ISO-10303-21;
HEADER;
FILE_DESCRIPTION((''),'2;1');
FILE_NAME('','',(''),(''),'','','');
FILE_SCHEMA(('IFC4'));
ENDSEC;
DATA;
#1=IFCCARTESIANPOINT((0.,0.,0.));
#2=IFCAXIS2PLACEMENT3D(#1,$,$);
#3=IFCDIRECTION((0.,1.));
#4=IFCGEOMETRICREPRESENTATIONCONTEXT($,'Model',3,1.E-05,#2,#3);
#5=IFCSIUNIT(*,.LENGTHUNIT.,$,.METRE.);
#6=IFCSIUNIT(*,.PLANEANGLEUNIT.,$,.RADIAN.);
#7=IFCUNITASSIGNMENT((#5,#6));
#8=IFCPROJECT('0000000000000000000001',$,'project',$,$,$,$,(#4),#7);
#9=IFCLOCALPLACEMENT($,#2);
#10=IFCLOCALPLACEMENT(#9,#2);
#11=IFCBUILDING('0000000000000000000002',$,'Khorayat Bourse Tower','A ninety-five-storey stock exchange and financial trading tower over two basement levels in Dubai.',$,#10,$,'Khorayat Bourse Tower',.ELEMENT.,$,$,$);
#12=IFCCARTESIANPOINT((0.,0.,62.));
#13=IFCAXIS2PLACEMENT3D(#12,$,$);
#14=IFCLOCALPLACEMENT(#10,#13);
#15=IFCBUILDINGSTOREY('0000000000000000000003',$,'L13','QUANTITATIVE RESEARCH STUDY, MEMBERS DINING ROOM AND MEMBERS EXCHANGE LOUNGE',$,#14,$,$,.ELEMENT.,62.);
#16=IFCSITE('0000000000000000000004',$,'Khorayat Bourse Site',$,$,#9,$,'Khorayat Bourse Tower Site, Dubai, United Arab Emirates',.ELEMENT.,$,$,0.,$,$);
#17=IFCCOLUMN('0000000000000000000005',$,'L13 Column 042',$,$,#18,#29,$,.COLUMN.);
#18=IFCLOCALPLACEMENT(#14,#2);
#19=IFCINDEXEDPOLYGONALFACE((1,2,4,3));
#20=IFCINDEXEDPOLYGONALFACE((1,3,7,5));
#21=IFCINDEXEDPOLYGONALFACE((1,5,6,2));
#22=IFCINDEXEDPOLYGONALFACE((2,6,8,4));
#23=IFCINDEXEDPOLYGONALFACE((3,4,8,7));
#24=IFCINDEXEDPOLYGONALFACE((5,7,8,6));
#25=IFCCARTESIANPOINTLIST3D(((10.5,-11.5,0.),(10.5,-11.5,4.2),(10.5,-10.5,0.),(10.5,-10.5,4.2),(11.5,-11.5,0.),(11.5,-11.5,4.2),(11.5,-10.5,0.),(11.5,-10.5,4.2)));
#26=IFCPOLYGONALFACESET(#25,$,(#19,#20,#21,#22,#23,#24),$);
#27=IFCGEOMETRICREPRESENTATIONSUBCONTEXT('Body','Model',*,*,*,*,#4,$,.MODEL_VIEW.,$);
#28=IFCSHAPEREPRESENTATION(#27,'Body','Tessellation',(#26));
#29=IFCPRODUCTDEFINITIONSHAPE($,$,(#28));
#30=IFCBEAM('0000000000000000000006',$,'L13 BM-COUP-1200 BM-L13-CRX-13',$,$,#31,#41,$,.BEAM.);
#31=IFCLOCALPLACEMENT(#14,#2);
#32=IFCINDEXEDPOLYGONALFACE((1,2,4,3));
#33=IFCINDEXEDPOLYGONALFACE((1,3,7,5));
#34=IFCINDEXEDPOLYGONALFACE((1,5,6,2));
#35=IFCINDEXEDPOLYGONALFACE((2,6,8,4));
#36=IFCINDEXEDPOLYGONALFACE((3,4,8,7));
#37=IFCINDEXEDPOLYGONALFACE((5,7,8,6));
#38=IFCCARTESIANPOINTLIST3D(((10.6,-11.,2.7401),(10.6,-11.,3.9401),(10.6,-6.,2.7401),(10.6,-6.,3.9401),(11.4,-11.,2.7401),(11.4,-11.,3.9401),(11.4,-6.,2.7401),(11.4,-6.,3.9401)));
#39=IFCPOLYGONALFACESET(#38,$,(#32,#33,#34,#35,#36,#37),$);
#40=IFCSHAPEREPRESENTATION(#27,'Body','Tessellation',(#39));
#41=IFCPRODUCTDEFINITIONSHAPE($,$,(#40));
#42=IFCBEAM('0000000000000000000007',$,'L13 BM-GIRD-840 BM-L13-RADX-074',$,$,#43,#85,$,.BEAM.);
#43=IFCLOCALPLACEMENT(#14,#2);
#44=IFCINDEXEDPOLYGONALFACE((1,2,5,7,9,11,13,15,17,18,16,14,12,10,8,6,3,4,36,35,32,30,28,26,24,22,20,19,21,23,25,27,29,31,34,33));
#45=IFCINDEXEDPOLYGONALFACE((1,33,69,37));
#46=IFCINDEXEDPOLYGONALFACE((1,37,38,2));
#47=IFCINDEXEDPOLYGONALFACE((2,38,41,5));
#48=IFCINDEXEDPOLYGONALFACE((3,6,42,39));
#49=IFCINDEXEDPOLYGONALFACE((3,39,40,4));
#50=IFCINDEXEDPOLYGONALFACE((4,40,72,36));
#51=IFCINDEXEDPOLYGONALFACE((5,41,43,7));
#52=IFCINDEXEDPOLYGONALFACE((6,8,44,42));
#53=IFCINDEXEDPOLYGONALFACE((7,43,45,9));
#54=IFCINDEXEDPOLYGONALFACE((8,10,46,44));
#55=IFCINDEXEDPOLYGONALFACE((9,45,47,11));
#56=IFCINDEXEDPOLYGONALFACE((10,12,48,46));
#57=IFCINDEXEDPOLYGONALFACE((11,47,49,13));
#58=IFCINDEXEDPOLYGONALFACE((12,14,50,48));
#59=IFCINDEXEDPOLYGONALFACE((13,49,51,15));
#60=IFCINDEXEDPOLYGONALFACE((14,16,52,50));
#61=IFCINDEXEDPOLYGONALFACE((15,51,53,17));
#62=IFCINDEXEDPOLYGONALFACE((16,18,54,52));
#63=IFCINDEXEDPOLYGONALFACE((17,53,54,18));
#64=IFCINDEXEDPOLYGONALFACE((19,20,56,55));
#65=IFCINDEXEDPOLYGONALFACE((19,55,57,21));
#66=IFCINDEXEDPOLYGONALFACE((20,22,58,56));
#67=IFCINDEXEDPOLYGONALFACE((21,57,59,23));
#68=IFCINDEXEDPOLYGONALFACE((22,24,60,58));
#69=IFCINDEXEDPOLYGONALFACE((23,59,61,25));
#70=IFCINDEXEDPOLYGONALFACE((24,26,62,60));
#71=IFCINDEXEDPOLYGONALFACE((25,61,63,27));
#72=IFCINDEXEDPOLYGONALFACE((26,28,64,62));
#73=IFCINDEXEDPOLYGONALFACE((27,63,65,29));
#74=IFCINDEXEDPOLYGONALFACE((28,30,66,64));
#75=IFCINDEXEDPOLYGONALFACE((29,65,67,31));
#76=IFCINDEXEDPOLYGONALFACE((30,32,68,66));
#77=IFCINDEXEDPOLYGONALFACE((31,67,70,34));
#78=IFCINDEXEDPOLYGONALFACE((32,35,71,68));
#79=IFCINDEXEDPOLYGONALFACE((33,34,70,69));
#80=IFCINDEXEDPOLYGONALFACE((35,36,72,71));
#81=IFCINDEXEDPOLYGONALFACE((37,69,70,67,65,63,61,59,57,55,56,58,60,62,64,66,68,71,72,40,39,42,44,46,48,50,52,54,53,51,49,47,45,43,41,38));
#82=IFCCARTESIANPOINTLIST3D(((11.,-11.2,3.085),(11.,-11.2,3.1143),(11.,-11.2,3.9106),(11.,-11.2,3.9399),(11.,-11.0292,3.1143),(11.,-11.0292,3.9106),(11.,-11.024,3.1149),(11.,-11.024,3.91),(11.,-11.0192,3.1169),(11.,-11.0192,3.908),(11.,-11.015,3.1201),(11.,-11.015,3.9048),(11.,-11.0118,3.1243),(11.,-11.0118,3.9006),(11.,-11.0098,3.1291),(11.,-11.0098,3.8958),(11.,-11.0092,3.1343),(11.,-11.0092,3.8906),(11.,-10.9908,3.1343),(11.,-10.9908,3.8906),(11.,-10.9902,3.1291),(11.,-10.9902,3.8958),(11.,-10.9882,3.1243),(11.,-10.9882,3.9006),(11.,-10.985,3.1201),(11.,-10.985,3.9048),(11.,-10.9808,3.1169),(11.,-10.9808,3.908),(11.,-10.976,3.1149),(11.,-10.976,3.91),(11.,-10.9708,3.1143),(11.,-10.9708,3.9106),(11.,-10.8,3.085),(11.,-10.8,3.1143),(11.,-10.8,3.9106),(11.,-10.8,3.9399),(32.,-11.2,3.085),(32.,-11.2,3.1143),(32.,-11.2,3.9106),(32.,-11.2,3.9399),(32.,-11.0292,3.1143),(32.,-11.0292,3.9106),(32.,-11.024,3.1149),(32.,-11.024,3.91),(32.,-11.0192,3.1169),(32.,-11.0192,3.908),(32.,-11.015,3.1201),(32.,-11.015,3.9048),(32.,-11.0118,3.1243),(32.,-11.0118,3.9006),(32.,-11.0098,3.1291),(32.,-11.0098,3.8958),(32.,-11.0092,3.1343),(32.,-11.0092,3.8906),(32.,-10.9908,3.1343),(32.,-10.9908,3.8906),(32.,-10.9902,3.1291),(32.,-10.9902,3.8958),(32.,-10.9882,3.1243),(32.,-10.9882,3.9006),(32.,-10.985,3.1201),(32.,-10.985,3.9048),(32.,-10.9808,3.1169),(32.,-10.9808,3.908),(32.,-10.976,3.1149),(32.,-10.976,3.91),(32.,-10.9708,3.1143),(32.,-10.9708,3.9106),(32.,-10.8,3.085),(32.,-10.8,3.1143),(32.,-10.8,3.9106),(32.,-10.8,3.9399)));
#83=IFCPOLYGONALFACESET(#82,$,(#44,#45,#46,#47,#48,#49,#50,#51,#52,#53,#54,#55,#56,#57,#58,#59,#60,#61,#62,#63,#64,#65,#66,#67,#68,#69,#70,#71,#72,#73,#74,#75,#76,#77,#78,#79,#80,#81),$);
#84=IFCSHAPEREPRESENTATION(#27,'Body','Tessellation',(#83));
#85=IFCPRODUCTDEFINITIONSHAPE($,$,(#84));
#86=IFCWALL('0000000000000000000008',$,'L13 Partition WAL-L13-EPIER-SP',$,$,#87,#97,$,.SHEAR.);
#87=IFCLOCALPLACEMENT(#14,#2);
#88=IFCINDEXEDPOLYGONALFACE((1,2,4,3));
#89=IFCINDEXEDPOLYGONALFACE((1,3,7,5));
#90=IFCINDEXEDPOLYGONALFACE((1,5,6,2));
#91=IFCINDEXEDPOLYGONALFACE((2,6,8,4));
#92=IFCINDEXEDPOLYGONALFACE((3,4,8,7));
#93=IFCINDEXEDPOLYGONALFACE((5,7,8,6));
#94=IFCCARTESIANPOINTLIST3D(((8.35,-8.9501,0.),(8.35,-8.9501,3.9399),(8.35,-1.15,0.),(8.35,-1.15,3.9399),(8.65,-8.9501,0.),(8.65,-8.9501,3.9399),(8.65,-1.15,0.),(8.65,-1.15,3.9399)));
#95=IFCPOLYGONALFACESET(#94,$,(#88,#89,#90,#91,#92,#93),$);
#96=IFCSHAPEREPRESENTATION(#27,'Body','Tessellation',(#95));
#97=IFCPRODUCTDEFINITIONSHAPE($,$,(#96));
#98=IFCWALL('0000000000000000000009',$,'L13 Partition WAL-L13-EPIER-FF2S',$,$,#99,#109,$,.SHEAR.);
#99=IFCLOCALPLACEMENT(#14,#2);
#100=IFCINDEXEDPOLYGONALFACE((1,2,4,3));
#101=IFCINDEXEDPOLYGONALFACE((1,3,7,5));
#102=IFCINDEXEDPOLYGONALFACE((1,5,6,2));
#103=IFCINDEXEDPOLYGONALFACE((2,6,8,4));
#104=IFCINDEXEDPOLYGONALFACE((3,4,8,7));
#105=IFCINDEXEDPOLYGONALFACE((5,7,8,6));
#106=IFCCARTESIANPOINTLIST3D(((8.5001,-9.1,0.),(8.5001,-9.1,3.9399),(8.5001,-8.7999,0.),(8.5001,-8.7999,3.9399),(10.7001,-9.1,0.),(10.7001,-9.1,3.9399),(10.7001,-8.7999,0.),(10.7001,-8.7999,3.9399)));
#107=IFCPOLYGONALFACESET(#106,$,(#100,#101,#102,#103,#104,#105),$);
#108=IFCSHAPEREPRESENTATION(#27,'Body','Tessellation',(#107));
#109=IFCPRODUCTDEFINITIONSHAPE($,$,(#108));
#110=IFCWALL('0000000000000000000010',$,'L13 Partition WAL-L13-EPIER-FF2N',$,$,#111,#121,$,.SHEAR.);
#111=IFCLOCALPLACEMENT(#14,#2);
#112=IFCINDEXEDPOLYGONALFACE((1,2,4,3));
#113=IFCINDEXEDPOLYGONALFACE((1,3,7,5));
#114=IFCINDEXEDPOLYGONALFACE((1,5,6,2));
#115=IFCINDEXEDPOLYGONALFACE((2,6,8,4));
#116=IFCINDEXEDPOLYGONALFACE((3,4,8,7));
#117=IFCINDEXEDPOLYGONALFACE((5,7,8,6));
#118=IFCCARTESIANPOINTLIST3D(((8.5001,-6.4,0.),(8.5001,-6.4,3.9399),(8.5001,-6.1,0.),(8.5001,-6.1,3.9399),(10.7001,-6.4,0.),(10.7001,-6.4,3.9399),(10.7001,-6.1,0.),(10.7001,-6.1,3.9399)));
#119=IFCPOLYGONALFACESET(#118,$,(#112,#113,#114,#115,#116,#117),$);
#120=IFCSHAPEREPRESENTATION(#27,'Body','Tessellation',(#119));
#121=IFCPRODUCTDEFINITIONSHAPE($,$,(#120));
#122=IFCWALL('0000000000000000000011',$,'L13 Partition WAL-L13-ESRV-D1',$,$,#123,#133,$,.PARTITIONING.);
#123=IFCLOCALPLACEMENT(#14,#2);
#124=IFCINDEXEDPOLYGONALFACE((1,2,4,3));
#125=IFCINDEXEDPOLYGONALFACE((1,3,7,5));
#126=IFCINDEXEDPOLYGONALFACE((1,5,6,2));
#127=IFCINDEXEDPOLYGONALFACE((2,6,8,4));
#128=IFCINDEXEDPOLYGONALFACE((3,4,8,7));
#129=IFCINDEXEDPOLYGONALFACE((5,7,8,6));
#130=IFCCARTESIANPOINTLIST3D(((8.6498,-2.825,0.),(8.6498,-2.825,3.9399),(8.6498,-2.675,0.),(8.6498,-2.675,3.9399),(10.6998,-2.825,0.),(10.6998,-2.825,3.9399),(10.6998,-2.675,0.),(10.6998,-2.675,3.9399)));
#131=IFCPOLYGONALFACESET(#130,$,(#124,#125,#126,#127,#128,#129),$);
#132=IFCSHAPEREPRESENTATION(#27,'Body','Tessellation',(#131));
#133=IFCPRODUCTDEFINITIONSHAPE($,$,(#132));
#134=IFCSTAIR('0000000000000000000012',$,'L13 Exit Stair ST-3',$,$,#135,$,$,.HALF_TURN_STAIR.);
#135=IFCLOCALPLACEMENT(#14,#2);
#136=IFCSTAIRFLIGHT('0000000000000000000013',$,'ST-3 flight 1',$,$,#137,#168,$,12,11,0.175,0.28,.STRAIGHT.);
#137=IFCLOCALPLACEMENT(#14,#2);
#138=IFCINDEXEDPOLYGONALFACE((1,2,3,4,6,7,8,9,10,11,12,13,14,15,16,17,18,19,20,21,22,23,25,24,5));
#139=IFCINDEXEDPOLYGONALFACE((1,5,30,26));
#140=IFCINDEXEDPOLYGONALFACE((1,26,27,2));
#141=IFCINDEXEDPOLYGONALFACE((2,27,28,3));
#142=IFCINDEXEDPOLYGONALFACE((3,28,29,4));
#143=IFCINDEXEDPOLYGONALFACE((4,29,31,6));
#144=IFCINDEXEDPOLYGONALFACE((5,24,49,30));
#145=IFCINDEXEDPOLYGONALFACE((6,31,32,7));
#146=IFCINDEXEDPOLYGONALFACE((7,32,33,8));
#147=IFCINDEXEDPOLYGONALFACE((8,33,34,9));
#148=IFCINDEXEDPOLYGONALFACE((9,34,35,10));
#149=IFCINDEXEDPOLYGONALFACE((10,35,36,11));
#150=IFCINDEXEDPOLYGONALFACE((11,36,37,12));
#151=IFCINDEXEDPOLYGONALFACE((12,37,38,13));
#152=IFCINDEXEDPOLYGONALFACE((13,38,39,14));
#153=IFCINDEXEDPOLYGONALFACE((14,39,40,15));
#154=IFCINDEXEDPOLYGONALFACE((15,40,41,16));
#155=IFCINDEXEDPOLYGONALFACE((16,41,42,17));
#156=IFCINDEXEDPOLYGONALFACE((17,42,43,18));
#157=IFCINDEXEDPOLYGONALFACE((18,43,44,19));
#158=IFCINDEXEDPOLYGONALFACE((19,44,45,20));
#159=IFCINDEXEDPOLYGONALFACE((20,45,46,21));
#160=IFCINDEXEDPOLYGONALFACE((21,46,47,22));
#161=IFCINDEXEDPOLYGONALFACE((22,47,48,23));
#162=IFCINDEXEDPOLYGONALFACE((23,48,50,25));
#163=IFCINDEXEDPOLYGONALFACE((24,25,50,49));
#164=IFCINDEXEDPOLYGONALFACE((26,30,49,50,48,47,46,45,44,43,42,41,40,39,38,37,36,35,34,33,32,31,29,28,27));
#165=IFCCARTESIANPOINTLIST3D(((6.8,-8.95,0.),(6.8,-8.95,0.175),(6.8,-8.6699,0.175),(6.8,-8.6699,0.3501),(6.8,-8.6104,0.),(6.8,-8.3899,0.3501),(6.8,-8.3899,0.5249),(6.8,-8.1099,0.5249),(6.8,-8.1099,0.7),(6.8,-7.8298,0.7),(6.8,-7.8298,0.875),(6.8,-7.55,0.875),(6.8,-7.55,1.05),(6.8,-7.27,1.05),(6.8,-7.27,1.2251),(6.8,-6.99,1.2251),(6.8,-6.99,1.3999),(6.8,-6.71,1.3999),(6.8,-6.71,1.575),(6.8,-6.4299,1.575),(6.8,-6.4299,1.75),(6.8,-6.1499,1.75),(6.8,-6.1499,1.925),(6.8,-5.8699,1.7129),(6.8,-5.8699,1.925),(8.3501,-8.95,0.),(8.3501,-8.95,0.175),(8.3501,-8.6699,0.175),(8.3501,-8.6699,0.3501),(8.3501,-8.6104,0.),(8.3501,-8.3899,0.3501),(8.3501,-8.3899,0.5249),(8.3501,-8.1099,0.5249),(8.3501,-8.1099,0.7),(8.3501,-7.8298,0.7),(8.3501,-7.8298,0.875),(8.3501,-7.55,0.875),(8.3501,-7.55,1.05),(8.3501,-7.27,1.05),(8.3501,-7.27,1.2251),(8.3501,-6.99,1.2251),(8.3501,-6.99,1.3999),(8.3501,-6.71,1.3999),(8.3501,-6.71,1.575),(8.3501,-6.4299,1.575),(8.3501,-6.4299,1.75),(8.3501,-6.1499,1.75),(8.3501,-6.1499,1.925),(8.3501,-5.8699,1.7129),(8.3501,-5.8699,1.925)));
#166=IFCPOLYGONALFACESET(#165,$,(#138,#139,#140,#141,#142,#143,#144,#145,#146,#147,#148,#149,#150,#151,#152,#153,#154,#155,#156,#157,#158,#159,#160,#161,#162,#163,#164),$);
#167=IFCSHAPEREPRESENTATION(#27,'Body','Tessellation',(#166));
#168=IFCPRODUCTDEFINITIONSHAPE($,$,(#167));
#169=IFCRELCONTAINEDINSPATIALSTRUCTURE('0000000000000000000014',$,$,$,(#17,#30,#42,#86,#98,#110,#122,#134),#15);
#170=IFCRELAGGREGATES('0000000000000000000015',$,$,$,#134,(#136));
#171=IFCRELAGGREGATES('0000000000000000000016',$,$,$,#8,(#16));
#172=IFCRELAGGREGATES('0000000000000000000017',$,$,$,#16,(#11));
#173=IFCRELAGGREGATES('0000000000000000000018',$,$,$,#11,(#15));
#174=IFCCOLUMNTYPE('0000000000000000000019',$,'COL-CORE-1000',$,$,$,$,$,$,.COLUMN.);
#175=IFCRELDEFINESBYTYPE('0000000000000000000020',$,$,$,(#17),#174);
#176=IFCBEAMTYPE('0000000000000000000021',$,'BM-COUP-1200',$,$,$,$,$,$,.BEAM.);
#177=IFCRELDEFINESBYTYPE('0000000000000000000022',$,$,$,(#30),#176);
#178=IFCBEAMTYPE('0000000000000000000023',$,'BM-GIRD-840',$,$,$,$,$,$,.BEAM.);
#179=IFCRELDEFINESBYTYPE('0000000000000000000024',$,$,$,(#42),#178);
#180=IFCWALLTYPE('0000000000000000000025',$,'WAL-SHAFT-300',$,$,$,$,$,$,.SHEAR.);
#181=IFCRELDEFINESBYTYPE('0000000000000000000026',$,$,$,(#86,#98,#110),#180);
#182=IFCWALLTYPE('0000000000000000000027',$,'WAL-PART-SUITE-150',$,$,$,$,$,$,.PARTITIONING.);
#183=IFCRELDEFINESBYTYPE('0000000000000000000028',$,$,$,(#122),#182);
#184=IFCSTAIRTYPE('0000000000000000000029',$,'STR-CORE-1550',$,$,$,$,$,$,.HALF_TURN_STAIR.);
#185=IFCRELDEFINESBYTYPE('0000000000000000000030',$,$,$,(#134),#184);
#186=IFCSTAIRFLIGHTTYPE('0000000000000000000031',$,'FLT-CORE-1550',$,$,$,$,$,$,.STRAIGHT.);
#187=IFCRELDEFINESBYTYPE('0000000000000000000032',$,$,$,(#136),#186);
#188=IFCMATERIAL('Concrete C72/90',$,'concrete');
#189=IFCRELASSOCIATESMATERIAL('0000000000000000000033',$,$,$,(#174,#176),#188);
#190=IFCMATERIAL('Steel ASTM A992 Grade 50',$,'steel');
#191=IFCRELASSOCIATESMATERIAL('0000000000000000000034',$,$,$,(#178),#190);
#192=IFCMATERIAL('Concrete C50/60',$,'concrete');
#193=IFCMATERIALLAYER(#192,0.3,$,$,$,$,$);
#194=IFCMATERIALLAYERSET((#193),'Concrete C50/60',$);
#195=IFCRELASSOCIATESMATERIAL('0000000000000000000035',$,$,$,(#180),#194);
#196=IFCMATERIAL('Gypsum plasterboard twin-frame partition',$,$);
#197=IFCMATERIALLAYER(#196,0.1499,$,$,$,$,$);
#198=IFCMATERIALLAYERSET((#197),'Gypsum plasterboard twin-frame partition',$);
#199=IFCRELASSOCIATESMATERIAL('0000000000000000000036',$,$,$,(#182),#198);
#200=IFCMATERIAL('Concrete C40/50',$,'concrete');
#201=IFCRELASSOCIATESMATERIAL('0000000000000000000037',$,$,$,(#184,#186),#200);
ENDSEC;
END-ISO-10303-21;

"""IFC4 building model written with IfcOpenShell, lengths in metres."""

from ifc_helpers import new_model, si_unit, direction, frame, frame_2d, origin, origin_2d, place, context, subcontext, project, spatial, polyline, rectangle, i_section, outline, extrude, source, transform, mapped, material, layer, layer_set, material_profile, profile_set, type_object, element, aggregate, save


model = new_model("IFC4")

# Units and contexts
model_context = context("Model", 3, precision=1e-05, world=origin(), true_north=direction((0.0, 1.0)))
body_context = subcontext(model_context, "Body", "Model", "MODEL_VIEW")
ifc_project = project(units=[si_unit("LENGTHUNIT", "METRE"), si_unit("PLANEANGLEUNIT", "RADIAN")], contexts=[model_context])

# Site, building, storey
site_placement = place(None, origin())
site = spatial("IfcSite", under=ifc_project, at=site_placement, Name="Khorayat Bourse Site", LongName="Khorayat Bourse Tower Site, Dubai, United Arab Emirates", CompositionType="ELEMENT", RefElevation=0.0)
building_placement = place(site_placement, origin())
building = spatial("IfcBuilding", under=site, at=building_placement, Name="Khorayat Bourse Tower", Description="A ninety-five-storey stock exchange and financial trading tower over two basement levels in Dubai.", LongName="Khorayat Bourse Tower", CompositionType="ELEMENT")
storey_placement = place(building_placement, frame((0.0, 0.0, 62.0)))
storey = spatial("IfcBuildingStorey", under=building, at=storey_placement, Name="L13", Description="QUANTITATIVE RESEARCH STUDY, MEMBERS DINING ROOM AND MEMBERS EXCHANGE LOUNGE", CompositionType="ELEMENT", Elevation=62.0)

# Column
ifc_material_1 = material(Name="Concrete C72/90", Category="concrete")
ifc_material_profile_1 = material_profile(ifc_material_1, rectangle(XDim=1.0, YDim=1.0, at=origin_2d()), Name="RC 1000x1000")
ifc_profile_set_1 = profile_set([ifc_material_profile_1], Name="Concrete C72/90")
column_type = type_object("IfcColumnType", Name="COL-CORE-1000", PredefinedType="COLUMN", material=ifc_profile_set_1)
shared_shape_1 = source(origin(), body_context, "Body", "SweptSolid", [
    extrude(rectangle(XDim=1.0, YDim=1.0, at=origin_2d()), origin(), (0.0, 0.0, 1.0), 4.2),
])
column_placement = place(storey_placement, frame((11.0, -11.0, 0.0), z_axis=(0.0, 0.0, 1.0), x_axis=(1.0, 0.0, 0.0)))
element("IfcColumn", 1, at=column_placement, inside=storey, type_object=column_type, Name="L13 Column 042", PredefinedType="COLUMN", context=body_context, shape_type="MappedRepresentation", body=[
    mapped(shared_shape_1, transform((0.0, 0.0, 0.0), scale=1.0)),
])

# Beams
ifc_material_profile_2 = material_profile(ifc_material_1, rectangle(XDim=0.8, YDim=1.2, at=origin_2d()), Name="RC 800x1200")
ifc_profile_set_2 = profile_set([ifc_material_profile_2], Name="Concrete C72/90")
beam_type_1 = type_object("IfcBeamType", Name="BM-COUP-1200", PredefinedType="BEAM", material=ifc_profile_set_2)
shared_shape_2 = source(origin(), body_context, "Body", "SweptSolid", [
    extrude(rectangle(XDim=0.8, YDim=1.2, at=origin_2d()), origin(), (0.0, 0.0, 1.0), 5.0),
])
beam_1_placement = place(storey_placement, frame((11.0, -11.0, 3.3401), z_axis=(0.0, 1.0, 0.0), x_axis=(-1.0, 0.0, 0.0)))
element("IfcBeam", 2, at=beam_1_placement, inside=storey, type_object=beam_type_1, Name="L13 BM-COUP-1200 BM-L13-CRX-13", PredefinedType="BEAM", context=body_context, shape_type="MappedRepresentation", body=[
    mapped(shared_shape_2, transform((0.0, 0.0, 0.0), scale=1.0)),
])
ifc_material_2 = material(Name="Steel ASTM A992 Grade 50", Category="steel")
ifc_material_profile_3 = material_profile(ifc_material_2, i_section(OverallWidth=0.3999, OverallDepth=0.855, WebThickness=0.0183, FlangeThickness=0.0293, FilletRadius=0.02, at=origin_2d()), Name="W840X299")
ifc_profile_set_3 = profile_set([ifc_material_profile_3], Name="Steel ASTM A992 Grade 50")
beam_type_2 = type_object("IfcBeamType", Name="BM-GIRD-840", PredefinedType="BEAM", material=ifc_profile_set_3)
shared_shape_3 = source(origin(), body_context, "Body", "SweptSolid", [
    extrude(i_section(OverallWidth=0.3999, OverallDepth=0.855, WebThickness=0.0183, FlangeThickness=0.0293, FilletRadius=0.02, at=origin_2d()), origin(), (0.0, 0.0, 1.0), 21.0),
])
beam_2_placement = place(storey_placement, frame((11.0, -11.0, 3.5125), z_axis=(1.0, 0.0, 0.0), x_axis=(0.0, 1.0, 0.0)))
element("IfcBeam", 3, at=beam_2_placement, inside=storey, type_object=beam_type_2, Name="L13 BM-GIRD-840 BM-L13-RADX-074", PredefinedType="BEAM", context=body_context, shape_type="MappedRepresentation", body=[
    mapped(shared_shape_3, transform((0.0, 0.0, 0.0), scale=1.0)),
])

# Walls
ifc_material_3 = material(Name="Concrete C50/60", Category="concrete")
ifc_layer_1 = layer(ifc_material_3, 0.3)
ifc_layer_set_1 = layer_set([ifc_layer_1], Name="Concrete C50/60")
wall_type_1 = type_object("IfcWallType", Name="WAL-SHAFT-300", PredefinedType="SHEAR", material=ifc_layer_set_1)
shared_shape_4 = source(origin(), body_context, "Body", "SweptSolid", [
    extrude(rectangle(XDim=7.8, YDim=0.3, at=frame_2d((3.8999, 0.0))), origin(), (0.0, 0.0, 1.0), 3.9399),
])
wall_1_placement = place(storey_placement, frame((8.5, -8.95, 0.0), z_axis=(0.0, 0.0, 1.0), x_axis=(0.0, 1.0, 0.0)))
element("IfcWall", 4, at=wall_1_placement, inside=storey, type_object=wall_type_1, Name="L13 Partition WAL-L13-EPIER-SP", PredefinedType="SHEAR", context=body_context, shape_type="MappedRepresentation", body=[
    mapped(shared_shape_4, transform((0.0, 0.0, 0.0), scale=1.0)),
])
shared_shape_5 = source(origin(), body_context, "Body", "SweptSolid", [
    extrude(rectangle(XDim=2.2, YDim=0.3, at=frame_2d((1.1001, 0.0))), origin(), (0.0, 0.0, 1.0), 3.9399),
])
for number, where, z_axis, x_axis, name in (
    (5, (8.5, -8.95, 0.0), (0.0, 0.0, 1.0), (1.0, 0.0, 0.0), "L13 Partition WAL-L13-EPIER-FF2S"),
    (6, (8.5, -6.25, 0.0), (0.0, 0.0, 1.0), (1.0, 0.0, 0.0), "L13 Partition WAL-L13-EPIER-FF2N"),
):
    element("IfcWall", number, at=place(storey_placement, frame(where, z_axis=z_axis, x_axis=x_axis)), inside=storey, type_object=wall_type_1, Name=name, PredefinedType="SHEAR", context=body_context, shape_type="MappedRepresentation", body=[
        mapped(shared_shape_5, transform((0.0, 0.0, 0.0), scale=1.0)),
    ])
ifc_material_4 = material(Name="Gypsum plasterboard twin-frame partition")
ifc_layer_2 = layer(ifc_material_4, 0.1499)
ifc_layer_set_2 = layer_set([ifc_layer_2], Name="Gypsum plasterboard twin-frame partition")
wall_type_2 = type_object("IfcWallType", Name="WAL-PART-SUITE-150", PredefinedType="PARTITIONING", material=ifc_layer_set_2)
shared_shape_6 = source(origin(), body_context, "Body", "SweptSolid", [
    extrude(rectangle(XDim=2.05, YDim=0.1499, at=frame_2d((1.0249, 0.0))), origin(), (0.0, 0.0, 1.0), 3.9399),
])
wall_2_placement = place(storey_placement, frame((8.6499, -2.75, 0.0), z_axis=(0.0, 0.0, 1.0), x_axis=(1.0, 0.0, 0.0)))
element("IfcWall", 7, at=wall_2_placement, inside=storey, type_object=wall_type_2, Name="L13 Partition WAL-L13-ESRV-D1", PredefinedType="PARTITIONING", context=body_context, shape_type="MappedRepresentation", body=[
    mapped(shared_shape_6, transform((0.0, 0.0, 0.0), scale=1.0)),
])

# Stair, stair flight
ifc_material_5 = material(Name="Concrete C40/50", Category="concrete")
stair_type = type_object("IfcStairType", Name="STR-CORE-1550", PredefinedType="HALF_TURN_STAIR", material=ifc_material_5)
stair_placement = place(storey_placement, origin())
stair = element("IfcStair", 8, at=stair_placement, inside=storey, type_object=stair_type, Name="L13 Exit Stair ST-3", PredefinedType="HALF_TURN_STAIR")
stair_flight_type = type_object("IfcStairFlightType", Name="FLT-CORE-1550", PredefinedType="STRAIGHT", material=ifc_material_5)
shared_shape_7 = source(origin(), body_context, "Body", "SweptSolid", [
    extrude(outline(polyline([(0.0, 0.0), (0.0, 0.175), (0.28, 0.175), (0.28, 0.3501), (0.5601, 0.3501), (0.5601, 0.5249), (0.8401, 0.5249), (0.8401, 0.7), (1.1201, 0.7), (1.1201, 0.875), (1.3999, 0.875), (1.3999, 1.05), (1.6799, 1.05), (1.6799, 1.2251), (1.96, 1.2251), (1.96, 1.3999), (2.24, 1.3999), (2.24, 1.575), (2.52, 1.575), (2.52, 1.75), (2.8, 1.75), (2.8, 1.925), (3.0801, 1.925), (3.0801, 2.1001), (3.0801, 1.7129), (0.3396, 0.0), (0.0, 0.0)])), frame((0.0, 0.7749, 0.0), z_axis=(0.0, -1.0, 0.0), x_axis=(1.0, 0.0, 0.0)), (0.0, 0.0, 1.0), 1.55),
])
stair_flight_placement = place(storey_placement, frame((7.575, -8.95, 0.0), z_axis=(0.0, 0.0, 1.0), x_axis=(0.0, 1.0, 0.0)))
stair_flight = element("IfcStairFlight", 9, at=stair_flight_placement, type_object=stair_flight_type, Name="ST-3 flight 1", NumberOfRisers=12, NumberOfTreads=11, PredefinedType="STRAIGHT", RiserHeight=0.175, TreadLength=0.28, context=body_context, shape_type="MappedRepresentation", body=[
    mapped(shared_shape_7, transform((0.0, 0.0, 0.0), scale=1.0)),
])
aggregate(stair, [stair_flight])

save(model, "model.ifc")
